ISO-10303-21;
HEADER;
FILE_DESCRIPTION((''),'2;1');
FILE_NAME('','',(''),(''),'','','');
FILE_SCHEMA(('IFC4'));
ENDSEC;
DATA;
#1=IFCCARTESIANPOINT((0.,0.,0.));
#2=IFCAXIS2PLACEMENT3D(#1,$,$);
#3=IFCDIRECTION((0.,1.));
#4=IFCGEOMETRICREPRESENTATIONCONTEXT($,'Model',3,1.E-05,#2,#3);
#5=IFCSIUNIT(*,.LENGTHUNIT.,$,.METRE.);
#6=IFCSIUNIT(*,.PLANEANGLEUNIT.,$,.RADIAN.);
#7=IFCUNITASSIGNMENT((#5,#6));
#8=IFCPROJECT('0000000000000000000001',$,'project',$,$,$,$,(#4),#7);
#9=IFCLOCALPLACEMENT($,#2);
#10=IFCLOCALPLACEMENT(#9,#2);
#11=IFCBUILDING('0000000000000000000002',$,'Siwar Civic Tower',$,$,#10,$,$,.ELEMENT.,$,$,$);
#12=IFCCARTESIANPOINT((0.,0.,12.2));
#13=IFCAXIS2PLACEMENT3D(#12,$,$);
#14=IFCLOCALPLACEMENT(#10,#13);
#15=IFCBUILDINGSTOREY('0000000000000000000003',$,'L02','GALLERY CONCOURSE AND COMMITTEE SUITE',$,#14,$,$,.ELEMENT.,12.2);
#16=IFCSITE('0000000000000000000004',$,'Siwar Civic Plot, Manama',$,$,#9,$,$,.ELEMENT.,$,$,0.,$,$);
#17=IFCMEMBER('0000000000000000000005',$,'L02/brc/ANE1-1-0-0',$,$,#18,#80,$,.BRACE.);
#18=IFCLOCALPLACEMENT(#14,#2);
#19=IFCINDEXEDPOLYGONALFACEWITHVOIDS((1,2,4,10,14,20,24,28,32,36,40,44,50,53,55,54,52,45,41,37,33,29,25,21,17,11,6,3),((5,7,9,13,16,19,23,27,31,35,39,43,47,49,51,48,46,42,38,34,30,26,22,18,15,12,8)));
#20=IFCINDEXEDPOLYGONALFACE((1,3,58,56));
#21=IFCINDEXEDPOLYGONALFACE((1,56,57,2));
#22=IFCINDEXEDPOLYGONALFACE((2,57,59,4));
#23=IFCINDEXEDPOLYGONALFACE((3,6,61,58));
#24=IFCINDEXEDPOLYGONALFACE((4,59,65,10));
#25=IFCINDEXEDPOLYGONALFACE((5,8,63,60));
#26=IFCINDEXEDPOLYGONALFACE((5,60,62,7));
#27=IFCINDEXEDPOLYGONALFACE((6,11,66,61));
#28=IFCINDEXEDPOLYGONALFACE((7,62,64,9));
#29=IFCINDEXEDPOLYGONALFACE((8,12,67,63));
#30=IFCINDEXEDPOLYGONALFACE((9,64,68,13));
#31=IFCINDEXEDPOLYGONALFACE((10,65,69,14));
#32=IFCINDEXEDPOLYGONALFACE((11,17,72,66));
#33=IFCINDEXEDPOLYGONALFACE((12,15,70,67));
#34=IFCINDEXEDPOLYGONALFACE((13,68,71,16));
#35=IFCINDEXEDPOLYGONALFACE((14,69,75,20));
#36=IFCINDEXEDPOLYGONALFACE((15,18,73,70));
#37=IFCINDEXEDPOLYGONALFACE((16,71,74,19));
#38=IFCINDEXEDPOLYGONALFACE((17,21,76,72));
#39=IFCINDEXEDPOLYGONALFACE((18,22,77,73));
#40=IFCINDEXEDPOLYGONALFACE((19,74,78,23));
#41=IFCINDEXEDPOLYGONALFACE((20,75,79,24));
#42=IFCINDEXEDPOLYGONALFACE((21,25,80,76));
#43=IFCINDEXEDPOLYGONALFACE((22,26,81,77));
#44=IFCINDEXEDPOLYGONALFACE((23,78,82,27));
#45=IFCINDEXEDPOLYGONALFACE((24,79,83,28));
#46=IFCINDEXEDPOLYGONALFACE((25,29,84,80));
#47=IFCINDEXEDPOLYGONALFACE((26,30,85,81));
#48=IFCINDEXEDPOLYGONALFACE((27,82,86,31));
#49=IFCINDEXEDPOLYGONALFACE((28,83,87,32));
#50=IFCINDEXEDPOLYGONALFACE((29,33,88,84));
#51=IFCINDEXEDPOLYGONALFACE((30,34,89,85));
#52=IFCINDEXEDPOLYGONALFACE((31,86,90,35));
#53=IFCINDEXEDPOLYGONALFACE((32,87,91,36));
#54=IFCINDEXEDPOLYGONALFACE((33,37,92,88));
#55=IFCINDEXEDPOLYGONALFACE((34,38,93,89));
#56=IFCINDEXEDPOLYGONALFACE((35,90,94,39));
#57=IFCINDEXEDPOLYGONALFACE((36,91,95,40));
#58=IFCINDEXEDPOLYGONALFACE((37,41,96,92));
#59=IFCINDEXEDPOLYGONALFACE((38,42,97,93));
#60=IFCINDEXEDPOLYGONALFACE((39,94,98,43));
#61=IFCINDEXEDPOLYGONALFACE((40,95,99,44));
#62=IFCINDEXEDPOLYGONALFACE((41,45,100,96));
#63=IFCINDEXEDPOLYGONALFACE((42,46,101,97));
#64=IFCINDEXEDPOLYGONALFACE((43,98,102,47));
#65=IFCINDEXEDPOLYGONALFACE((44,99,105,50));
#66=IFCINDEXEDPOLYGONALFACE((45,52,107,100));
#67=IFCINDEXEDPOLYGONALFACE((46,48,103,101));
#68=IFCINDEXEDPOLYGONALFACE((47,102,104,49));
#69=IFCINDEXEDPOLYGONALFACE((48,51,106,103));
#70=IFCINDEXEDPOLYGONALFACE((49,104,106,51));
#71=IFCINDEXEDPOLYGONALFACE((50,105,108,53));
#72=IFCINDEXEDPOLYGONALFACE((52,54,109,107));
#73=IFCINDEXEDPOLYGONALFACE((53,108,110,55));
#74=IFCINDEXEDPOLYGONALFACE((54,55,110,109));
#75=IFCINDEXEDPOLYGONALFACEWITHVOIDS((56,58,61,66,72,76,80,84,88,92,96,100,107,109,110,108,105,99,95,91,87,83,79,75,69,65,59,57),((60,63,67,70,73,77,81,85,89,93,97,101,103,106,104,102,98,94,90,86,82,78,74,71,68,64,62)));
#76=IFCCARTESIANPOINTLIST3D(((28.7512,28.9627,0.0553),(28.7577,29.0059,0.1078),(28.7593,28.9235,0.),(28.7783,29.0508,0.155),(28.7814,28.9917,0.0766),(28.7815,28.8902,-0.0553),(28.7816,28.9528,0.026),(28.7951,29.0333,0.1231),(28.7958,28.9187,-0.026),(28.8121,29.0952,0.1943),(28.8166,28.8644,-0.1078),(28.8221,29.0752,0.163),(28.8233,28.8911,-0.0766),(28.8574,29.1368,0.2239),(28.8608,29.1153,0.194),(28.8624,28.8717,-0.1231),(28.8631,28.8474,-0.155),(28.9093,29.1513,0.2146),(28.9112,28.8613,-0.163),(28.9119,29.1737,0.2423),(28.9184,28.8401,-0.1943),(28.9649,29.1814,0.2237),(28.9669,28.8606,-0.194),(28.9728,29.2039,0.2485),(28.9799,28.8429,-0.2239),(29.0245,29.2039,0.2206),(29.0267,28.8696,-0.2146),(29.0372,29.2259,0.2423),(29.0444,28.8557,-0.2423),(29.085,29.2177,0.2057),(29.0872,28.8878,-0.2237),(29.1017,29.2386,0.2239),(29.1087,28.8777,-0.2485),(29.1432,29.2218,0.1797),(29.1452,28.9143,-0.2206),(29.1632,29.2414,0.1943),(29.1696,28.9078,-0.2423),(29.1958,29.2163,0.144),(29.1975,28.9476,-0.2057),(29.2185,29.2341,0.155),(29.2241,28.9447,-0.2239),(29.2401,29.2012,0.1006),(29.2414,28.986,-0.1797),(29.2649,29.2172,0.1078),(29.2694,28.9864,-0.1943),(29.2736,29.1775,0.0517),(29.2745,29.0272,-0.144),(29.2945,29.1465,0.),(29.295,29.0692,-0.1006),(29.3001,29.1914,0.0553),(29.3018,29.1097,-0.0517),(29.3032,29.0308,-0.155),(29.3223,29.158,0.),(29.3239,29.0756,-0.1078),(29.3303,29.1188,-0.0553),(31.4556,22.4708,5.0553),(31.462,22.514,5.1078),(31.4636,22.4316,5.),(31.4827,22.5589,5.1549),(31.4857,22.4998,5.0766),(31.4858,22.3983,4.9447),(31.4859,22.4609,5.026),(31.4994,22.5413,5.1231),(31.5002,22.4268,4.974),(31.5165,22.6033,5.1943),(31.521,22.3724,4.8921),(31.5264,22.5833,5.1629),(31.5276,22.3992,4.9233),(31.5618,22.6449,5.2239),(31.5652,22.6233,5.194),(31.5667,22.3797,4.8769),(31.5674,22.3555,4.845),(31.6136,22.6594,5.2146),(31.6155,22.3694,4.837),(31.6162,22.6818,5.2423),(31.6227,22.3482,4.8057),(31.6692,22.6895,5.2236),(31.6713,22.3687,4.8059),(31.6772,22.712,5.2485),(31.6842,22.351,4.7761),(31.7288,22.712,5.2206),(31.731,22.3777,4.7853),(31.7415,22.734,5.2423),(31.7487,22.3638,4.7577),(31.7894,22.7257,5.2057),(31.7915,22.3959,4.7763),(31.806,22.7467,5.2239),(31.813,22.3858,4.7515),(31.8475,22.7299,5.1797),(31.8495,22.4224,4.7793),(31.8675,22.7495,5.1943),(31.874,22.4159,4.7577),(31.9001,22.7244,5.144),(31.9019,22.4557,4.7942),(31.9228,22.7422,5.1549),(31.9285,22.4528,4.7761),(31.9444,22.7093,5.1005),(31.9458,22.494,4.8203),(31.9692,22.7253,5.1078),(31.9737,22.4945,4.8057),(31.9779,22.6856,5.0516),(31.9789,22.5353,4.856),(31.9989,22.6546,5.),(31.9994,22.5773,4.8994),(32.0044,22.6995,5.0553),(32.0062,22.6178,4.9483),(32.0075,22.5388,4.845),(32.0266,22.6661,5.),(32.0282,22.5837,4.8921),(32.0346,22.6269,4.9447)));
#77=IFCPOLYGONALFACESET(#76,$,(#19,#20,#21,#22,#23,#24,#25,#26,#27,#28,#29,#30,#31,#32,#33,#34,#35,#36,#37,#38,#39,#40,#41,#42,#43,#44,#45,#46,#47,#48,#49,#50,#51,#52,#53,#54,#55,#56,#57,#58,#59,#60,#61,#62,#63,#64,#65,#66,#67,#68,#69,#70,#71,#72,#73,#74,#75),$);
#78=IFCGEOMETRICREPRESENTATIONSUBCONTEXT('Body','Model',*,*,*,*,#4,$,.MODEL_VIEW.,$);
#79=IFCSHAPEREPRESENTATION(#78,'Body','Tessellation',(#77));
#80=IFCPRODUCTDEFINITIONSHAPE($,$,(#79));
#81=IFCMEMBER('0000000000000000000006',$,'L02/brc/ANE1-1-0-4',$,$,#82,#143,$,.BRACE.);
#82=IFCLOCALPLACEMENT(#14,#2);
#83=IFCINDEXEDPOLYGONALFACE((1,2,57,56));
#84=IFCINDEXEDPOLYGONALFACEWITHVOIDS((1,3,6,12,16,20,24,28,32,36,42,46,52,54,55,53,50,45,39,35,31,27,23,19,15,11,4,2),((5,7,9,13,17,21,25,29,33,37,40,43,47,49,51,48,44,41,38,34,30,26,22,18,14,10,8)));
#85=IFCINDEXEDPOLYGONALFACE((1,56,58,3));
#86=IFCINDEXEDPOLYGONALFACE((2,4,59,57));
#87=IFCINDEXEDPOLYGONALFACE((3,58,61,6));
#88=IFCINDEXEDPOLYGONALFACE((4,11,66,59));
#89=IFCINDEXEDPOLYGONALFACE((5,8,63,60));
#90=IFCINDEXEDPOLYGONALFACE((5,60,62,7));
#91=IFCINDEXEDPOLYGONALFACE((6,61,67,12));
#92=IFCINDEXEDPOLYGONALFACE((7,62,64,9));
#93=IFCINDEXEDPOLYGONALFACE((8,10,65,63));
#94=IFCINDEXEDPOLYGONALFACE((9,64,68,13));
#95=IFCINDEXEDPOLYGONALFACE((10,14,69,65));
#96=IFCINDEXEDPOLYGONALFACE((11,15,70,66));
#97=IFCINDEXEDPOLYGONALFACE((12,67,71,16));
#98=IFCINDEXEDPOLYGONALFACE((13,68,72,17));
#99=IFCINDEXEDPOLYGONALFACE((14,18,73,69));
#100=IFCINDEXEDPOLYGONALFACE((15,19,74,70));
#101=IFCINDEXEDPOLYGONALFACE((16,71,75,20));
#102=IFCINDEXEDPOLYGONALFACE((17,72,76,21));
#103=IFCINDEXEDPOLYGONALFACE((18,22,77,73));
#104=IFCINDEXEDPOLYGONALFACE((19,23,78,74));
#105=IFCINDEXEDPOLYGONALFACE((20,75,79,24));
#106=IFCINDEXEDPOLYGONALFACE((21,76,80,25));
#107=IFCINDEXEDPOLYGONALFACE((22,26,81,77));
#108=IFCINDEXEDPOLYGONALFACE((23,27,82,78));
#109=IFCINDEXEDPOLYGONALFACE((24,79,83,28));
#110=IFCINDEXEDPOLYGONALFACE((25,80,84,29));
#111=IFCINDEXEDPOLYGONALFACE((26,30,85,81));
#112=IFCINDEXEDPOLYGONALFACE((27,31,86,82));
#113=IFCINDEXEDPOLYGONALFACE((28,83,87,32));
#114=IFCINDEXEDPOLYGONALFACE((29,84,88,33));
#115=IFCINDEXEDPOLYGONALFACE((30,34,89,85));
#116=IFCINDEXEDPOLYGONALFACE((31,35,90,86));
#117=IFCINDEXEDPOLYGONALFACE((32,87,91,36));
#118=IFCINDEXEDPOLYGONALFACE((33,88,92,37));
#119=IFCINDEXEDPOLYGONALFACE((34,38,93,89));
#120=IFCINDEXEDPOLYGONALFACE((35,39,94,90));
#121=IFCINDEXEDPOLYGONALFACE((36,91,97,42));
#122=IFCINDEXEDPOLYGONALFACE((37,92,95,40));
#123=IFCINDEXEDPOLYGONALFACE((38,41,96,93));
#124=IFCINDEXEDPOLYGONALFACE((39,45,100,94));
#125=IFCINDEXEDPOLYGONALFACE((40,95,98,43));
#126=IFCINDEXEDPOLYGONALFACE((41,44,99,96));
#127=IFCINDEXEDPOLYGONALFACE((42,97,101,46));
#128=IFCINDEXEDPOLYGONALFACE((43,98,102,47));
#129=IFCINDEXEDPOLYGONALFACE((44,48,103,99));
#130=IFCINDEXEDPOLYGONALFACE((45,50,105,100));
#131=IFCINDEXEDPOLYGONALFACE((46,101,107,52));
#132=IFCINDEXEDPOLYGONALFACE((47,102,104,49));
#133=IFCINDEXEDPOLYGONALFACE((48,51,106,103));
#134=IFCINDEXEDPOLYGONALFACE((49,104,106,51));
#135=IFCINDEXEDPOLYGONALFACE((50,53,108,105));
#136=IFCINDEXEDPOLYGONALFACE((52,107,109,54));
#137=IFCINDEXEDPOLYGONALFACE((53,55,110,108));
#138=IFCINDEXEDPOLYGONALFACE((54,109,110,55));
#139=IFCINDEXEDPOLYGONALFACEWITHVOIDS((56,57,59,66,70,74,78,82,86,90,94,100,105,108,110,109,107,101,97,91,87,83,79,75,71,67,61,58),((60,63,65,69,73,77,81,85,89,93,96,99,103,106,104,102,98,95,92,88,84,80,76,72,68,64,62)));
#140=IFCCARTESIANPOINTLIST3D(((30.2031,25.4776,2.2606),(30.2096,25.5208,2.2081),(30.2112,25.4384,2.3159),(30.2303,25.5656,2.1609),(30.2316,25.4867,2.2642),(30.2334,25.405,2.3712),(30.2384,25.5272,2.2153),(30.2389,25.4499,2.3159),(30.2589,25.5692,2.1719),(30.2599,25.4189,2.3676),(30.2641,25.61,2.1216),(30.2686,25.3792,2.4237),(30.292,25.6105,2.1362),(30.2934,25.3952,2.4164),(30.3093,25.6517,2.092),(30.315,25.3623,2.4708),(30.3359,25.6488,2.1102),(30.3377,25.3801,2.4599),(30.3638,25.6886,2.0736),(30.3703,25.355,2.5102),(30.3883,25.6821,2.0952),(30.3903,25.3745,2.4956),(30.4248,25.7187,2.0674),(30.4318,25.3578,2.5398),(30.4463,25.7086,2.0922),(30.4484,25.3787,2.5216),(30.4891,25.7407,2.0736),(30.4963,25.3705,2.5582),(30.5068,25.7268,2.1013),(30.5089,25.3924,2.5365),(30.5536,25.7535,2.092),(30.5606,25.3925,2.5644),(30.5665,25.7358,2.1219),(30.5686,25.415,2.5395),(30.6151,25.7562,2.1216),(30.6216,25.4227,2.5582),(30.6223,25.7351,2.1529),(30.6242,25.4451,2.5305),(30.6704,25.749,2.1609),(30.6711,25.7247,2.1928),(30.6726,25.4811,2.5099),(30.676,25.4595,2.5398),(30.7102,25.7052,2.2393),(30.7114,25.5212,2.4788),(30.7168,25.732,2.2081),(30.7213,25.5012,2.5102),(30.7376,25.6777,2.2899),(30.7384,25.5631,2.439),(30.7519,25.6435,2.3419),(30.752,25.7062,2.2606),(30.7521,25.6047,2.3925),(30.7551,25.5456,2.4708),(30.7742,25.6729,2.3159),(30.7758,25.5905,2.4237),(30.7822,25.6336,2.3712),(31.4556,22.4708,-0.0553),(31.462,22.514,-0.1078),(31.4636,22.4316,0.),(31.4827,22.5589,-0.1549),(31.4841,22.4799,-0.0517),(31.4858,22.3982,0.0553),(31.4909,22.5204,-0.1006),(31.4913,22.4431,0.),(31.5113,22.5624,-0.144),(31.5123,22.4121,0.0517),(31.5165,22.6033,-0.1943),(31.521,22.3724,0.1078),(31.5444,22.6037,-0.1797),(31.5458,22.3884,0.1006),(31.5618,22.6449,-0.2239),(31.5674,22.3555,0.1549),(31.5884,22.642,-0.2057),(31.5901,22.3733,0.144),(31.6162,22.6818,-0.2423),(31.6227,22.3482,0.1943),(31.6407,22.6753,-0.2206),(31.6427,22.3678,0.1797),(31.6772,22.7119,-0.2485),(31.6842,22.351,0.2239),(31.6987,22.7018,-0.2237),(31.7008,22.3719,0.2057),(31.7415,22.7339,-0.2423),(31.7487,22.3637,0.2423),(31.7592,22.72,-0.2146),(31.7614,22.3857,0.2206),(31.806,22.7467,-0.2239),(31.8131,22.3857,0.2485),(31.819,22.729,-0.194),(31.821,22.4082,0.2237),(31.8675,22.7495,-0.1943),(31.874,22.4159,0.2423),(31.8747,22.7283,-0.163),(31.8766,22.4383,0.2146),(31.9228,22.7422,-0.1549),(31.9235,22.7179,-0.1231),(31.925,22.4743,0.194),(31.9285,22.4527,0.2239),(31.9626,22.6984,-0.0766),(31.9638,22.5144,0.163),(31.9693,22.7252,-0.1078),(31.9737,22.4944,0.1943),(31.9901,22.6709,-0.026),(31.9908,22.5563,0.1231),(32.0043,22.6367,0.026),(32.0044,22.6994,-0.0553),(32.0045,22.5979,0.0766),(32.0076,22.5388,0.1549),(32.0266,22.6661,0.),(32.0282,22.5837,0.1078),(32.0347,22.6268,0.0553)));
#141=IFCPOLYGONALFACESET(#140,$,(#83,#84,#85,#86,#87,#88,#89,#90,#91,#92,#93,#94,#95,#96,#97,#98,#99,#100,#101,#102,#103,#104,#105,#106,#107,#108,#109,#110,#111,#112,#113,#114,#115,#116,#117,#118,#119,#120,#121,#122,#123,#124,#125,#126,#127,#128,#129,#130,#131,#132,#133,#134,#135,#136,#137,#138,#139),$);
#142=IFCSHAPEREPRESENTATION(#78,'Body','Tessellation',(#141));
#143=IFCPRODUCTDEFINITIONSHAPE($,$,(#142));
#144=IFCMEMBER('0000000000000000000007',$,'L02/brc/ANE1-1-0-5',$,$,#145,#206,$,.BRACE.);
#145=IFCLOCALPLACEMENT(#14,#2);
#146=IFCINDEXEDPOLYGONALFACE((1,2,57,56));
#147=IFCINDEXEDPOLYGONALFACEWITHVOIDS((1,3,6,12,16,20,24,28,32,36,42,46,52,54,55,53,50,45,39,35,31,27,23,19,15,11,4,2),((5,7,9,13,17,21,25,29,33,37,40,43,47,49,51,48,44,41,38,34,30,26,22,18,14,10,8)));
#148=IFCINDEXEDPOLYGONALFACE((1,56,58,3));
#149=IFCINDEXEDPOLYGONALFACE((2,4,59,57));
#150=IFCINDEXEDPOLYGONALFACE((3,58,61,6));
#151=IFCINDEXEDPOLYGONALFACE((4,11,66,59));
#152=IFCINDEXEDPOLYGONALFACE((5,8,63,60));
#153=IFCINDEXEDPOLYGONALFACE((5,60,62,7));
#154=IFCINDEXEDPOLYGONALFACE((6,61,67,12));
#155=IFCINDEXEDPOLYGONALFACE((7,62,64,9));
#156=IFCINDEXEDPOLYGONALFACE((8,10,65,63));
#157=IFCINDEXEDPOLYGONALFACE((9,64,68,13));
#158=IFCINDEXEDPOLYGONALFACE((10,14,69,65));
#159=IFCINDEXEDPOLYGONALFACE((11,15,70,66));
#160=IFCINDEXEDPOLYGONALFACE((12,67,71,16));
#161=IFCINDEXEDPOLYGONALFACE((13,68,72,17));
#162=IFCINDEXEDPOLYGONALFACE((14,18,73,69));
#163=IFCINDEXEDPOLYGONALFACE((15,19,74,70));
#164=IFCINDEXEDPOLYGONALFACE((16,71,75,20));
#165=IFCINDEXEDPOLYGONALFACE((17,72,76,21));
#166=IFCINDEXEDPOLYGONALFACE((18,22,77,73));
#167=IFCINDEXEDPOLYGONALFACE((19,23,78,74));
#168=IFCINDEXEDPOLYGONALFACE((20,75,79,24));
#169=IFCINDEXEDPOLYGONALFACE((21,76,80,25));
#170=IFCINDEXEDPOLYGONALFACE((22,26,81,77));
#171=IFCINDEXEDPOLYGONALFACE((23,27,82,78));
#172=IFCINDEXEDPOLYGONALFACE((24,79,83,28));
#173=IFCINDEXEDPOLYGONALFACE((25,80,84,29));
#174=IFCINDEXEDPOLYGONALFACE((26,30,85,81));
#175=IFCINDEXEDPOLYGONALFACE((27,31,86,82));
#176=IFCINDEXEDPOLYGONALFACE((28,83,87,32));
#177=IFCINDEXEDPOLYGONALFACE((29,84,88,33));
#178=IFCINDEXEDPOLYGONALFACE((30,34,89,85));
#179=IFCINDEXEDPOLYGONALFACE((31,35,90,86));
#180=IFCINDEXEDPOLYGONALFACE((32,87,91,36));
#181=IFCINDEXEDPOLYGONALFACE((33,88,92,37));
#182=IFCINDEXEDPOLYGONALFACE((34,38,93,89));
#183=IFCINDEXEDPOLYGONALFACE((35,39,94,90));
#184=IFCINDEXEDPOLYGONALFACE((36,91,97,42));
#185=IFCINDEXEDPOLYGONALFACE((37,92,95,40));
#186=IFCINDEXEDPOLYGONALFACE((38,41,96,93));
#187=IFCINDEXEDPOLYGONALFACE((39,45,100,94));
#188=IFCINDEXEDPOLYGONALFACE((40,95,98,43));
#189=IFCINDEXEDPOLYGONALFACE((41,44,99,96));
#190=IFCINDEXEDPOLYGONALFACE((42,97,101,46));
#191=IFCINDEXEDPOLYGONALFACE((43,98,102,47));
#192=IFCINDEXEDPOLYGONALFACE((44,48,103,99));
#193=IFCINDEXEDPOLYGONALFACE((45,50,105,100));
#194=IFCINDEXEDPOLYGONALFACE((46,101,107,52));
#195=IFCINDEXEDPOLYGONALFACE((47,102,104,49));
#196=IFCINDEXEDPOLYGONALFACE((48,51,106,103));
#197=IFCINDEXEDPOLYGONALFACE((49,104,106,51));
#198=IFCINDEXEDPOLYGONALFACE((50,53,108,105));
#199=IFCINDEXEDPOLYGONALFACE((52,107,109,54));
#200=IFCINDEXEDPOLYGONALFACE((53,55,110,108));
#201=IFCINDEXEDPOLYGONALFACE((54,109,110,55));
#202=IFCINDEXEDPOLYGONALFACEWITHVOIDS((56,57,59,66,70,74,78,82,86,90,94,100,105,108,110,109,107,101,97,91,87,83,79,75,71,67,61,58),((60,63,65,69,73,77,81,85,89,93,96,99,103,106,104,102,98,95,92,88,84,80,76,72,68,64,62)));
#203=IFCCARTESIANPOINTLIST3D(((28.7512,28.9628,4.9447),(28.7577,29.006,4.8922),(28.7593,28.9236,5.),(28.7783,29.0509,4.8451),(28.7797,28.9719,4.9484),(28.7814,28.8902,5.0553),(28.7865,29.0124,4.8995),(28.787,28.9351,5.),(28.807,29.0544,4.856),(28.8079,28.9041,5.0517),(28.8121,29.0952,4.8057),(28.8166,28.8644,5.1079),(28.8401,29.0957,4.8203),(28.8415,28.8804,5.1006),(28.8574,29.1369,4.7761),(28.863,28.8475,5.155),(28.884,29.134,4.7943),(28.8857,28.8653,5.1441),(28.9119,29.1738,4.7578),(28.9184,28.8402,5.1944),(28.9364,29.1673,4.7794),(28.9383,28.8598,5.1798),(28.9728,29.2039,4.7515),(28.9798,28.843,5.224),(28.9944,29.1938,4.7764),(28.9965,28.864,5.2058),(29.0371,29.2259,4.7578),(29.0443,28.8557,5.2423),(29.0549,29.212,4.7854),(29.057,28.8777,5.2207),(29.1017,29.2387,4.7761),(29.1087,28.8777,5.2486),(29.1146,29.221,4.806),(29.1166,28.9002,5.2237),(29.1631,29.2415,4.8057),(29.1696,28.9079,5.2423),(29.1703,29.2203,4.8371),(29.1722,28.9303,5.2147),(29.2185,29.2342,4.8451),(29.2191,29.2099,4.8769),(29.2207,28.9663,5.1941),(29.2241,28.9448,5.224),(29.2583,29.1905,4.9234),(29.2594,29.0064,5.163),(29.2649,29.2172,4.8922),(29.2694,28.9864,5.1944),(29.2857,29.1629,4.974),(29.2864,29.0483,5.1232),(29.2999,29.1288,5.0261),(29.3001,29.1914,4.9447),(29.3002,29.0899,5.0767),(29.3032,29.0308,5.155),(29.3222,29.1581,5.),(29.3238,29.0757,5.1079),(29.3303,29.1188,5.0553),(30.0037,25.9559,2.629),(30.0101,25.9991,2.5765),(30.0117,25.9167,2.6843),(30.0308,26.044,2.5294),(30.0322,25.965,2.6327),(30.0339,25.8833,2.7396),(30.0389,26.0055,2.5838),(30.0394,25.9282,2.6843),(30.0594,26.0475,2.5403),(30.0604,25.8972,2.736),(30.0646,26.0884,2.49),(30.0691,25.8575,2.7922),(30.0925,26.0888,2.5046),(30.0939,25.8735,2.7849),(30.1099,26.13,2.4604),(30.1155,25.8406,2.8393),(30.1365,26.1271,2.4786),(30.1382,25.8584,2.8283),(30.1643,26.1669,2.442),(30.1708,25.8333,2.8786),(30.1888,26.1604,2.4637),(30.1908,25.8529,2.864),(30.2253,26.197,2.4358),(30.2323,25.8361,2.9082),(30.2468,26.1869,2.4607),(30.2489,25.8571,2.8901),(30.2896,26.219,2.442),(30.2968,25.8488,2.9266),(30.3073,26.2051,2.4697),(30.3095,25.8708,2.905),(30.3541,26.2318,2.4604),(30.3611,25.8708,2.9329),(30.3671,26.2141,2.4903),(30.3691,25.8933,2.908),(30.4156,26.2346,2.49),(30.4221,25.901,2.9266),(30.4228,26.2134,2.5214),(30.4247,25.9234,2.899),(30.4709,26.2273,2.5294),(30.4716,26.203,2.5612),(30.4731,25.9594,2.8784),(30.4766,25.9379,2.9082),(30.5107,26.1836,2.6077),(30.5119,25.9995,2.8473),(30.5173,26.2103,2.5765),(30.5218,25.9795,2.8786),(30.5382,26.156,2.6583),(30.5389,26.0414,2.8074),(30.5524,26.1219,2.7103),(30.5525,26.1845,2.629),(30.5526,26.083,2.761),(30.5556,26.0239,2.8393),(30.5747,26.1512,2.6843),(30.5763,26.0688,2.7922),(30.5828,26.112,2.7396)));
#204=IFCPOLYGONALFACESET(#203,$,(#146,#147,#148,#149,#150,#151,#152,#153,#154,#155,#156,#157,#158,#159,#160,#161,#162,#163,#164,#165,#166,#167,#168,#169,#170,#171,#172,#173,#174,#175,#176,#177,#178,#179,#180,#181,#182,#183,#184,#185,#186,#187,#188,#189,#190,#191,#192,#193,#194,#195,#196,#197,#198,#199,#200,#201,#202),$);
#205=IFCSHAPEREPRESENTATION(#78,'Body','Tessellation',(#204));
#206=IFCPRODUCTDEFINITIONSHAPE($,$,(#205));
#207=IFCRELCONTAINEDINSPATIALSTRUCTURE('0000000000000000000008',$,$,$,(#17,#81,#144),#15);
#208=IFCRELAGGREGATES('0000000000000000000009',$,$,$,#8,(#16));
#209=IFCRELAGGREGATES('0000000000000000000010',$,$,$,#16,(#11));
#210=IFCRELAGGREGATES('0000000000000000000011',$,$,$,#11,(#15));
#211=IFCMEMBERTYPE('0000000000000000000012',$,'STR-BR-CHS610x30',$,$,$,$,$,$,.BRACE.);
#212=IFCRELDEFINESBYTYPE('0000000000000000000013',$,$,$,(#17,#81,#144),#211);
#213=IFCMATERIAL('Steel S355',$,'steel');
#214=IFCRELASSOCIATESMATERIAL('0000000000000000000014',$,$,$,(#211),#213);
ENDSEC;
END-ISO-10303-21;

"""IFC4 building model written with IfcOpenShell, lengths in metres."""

from ifc_helpers import new_model, si_unit, direction, frame, origin, origin_2d, place, context, subcontext, project, spatial, hollow_circle, extrude, material, material_profile, profile_set, type_object, element, save


model = new_model("IFC4")

# Units and contexts
model_context = context("Model", 3, precision=1e-05, world=origin(), true_north=direction((0.0, 1.0)))
body_context = subcontext(model_context, "Body", "Model", "MODEL_VIEW")
ifc_project = project(units=[si_unit("LENGTHUNIT", "METRE"), si_unit("PLANEANGLEUNIT", "RADIAN")], contexts=[model_context])

# Site, building, storey
site_placement = place(None, origin())
site = spatial("IfcSite", under=ifc_project, at=site_placement, Name="Siwar Civic Plot, Manama", CompositionType="ELEMENT", RefElevation=0.0)
building_placement = place(site_placement, origin())
building = spatial("IfcBuilding", under=site, at=building_placement, Name="Siwar Civic Tower", CompositionType="ELEMENT")
storey_placement = place(building_placement, frame((0.0, 0.0, 12.2)))
storey = spatial("IfcBuildingStorey", under=building, at=storey_placement, Name="L02", Description="GALLERY CONCOURSE AND COMMITTEE SUITE", CompositionType="ELEMENT", Elevation=12.2)

# Members
ifc_material_1 = material(Name="Steel S355", Category="steel")
ifc_material_profile_1 = material_profile(ifc_material_1, hollow_circle(Radius=0.3049, WallThickness=0.03, at=origin_2d()), Name="CHS610x30")
ifc_profile_set_1 = profile_set([ifc_material_profile_1], Name="Steel S355")
member_type_1 = type_object("IfcMemberType", Name="STR-BR-CHS610x30", PredefinedType="BRACE", material=ifc_profile_set_1)
member_1_placement = place(storey_placement, frame((29.0408, 29.0408, 0.0), z_axis=(0.313404, -0.752344, 0.579445), x_axis=(0.923109, 0.384539, 0.0)))
element("IfcMember", 1, at=member_1_placement, inside=storey, type_object=member_type_1, Name="L02/brc/ANE1-1-0-0", PredefinedType="BRACE", context=body_context, shape_type="SweptSolid", body=[
    extrude(hollow_circle(Radius=0.3049, WallThickness=0.03, at=origin_2d()), origin(), (0.0, 0.0, 1.0), 8.6289),
])
for number, where, z_axis, x_axis, name in (
    (2, (31.7451, 22.5488, 0.0), (-0.313373, 0.752341, 0.579466), (-0.923121, -0.384509, 0.0), "L02/brc/ANE1-1-0-4"),
    (3, (30.2932, 26.0339, 2.6843), (-0.313385, 0.752367, 0.579425), (-0.923121, -0.384509, 0.0), "L02/brc/ANE1-1-0-5"),
):
    element("IfcMember", number, at=place(storey_placement, frame(where, z_axis=z_axis, x_axis=x_axis)), inside=storey, type_object=member_type_1, Name=name, PredefinedType="BRACE", context=body_context, shape_type="SweptSolid", body=[
        extrude(hollow_circle(Radius=0.3049, WallThickness=0.03, at=origin_2d()), origin(), (0.0, 0.0, 1.0), 3.9966),
    ])

save(model, "model.ifc")
